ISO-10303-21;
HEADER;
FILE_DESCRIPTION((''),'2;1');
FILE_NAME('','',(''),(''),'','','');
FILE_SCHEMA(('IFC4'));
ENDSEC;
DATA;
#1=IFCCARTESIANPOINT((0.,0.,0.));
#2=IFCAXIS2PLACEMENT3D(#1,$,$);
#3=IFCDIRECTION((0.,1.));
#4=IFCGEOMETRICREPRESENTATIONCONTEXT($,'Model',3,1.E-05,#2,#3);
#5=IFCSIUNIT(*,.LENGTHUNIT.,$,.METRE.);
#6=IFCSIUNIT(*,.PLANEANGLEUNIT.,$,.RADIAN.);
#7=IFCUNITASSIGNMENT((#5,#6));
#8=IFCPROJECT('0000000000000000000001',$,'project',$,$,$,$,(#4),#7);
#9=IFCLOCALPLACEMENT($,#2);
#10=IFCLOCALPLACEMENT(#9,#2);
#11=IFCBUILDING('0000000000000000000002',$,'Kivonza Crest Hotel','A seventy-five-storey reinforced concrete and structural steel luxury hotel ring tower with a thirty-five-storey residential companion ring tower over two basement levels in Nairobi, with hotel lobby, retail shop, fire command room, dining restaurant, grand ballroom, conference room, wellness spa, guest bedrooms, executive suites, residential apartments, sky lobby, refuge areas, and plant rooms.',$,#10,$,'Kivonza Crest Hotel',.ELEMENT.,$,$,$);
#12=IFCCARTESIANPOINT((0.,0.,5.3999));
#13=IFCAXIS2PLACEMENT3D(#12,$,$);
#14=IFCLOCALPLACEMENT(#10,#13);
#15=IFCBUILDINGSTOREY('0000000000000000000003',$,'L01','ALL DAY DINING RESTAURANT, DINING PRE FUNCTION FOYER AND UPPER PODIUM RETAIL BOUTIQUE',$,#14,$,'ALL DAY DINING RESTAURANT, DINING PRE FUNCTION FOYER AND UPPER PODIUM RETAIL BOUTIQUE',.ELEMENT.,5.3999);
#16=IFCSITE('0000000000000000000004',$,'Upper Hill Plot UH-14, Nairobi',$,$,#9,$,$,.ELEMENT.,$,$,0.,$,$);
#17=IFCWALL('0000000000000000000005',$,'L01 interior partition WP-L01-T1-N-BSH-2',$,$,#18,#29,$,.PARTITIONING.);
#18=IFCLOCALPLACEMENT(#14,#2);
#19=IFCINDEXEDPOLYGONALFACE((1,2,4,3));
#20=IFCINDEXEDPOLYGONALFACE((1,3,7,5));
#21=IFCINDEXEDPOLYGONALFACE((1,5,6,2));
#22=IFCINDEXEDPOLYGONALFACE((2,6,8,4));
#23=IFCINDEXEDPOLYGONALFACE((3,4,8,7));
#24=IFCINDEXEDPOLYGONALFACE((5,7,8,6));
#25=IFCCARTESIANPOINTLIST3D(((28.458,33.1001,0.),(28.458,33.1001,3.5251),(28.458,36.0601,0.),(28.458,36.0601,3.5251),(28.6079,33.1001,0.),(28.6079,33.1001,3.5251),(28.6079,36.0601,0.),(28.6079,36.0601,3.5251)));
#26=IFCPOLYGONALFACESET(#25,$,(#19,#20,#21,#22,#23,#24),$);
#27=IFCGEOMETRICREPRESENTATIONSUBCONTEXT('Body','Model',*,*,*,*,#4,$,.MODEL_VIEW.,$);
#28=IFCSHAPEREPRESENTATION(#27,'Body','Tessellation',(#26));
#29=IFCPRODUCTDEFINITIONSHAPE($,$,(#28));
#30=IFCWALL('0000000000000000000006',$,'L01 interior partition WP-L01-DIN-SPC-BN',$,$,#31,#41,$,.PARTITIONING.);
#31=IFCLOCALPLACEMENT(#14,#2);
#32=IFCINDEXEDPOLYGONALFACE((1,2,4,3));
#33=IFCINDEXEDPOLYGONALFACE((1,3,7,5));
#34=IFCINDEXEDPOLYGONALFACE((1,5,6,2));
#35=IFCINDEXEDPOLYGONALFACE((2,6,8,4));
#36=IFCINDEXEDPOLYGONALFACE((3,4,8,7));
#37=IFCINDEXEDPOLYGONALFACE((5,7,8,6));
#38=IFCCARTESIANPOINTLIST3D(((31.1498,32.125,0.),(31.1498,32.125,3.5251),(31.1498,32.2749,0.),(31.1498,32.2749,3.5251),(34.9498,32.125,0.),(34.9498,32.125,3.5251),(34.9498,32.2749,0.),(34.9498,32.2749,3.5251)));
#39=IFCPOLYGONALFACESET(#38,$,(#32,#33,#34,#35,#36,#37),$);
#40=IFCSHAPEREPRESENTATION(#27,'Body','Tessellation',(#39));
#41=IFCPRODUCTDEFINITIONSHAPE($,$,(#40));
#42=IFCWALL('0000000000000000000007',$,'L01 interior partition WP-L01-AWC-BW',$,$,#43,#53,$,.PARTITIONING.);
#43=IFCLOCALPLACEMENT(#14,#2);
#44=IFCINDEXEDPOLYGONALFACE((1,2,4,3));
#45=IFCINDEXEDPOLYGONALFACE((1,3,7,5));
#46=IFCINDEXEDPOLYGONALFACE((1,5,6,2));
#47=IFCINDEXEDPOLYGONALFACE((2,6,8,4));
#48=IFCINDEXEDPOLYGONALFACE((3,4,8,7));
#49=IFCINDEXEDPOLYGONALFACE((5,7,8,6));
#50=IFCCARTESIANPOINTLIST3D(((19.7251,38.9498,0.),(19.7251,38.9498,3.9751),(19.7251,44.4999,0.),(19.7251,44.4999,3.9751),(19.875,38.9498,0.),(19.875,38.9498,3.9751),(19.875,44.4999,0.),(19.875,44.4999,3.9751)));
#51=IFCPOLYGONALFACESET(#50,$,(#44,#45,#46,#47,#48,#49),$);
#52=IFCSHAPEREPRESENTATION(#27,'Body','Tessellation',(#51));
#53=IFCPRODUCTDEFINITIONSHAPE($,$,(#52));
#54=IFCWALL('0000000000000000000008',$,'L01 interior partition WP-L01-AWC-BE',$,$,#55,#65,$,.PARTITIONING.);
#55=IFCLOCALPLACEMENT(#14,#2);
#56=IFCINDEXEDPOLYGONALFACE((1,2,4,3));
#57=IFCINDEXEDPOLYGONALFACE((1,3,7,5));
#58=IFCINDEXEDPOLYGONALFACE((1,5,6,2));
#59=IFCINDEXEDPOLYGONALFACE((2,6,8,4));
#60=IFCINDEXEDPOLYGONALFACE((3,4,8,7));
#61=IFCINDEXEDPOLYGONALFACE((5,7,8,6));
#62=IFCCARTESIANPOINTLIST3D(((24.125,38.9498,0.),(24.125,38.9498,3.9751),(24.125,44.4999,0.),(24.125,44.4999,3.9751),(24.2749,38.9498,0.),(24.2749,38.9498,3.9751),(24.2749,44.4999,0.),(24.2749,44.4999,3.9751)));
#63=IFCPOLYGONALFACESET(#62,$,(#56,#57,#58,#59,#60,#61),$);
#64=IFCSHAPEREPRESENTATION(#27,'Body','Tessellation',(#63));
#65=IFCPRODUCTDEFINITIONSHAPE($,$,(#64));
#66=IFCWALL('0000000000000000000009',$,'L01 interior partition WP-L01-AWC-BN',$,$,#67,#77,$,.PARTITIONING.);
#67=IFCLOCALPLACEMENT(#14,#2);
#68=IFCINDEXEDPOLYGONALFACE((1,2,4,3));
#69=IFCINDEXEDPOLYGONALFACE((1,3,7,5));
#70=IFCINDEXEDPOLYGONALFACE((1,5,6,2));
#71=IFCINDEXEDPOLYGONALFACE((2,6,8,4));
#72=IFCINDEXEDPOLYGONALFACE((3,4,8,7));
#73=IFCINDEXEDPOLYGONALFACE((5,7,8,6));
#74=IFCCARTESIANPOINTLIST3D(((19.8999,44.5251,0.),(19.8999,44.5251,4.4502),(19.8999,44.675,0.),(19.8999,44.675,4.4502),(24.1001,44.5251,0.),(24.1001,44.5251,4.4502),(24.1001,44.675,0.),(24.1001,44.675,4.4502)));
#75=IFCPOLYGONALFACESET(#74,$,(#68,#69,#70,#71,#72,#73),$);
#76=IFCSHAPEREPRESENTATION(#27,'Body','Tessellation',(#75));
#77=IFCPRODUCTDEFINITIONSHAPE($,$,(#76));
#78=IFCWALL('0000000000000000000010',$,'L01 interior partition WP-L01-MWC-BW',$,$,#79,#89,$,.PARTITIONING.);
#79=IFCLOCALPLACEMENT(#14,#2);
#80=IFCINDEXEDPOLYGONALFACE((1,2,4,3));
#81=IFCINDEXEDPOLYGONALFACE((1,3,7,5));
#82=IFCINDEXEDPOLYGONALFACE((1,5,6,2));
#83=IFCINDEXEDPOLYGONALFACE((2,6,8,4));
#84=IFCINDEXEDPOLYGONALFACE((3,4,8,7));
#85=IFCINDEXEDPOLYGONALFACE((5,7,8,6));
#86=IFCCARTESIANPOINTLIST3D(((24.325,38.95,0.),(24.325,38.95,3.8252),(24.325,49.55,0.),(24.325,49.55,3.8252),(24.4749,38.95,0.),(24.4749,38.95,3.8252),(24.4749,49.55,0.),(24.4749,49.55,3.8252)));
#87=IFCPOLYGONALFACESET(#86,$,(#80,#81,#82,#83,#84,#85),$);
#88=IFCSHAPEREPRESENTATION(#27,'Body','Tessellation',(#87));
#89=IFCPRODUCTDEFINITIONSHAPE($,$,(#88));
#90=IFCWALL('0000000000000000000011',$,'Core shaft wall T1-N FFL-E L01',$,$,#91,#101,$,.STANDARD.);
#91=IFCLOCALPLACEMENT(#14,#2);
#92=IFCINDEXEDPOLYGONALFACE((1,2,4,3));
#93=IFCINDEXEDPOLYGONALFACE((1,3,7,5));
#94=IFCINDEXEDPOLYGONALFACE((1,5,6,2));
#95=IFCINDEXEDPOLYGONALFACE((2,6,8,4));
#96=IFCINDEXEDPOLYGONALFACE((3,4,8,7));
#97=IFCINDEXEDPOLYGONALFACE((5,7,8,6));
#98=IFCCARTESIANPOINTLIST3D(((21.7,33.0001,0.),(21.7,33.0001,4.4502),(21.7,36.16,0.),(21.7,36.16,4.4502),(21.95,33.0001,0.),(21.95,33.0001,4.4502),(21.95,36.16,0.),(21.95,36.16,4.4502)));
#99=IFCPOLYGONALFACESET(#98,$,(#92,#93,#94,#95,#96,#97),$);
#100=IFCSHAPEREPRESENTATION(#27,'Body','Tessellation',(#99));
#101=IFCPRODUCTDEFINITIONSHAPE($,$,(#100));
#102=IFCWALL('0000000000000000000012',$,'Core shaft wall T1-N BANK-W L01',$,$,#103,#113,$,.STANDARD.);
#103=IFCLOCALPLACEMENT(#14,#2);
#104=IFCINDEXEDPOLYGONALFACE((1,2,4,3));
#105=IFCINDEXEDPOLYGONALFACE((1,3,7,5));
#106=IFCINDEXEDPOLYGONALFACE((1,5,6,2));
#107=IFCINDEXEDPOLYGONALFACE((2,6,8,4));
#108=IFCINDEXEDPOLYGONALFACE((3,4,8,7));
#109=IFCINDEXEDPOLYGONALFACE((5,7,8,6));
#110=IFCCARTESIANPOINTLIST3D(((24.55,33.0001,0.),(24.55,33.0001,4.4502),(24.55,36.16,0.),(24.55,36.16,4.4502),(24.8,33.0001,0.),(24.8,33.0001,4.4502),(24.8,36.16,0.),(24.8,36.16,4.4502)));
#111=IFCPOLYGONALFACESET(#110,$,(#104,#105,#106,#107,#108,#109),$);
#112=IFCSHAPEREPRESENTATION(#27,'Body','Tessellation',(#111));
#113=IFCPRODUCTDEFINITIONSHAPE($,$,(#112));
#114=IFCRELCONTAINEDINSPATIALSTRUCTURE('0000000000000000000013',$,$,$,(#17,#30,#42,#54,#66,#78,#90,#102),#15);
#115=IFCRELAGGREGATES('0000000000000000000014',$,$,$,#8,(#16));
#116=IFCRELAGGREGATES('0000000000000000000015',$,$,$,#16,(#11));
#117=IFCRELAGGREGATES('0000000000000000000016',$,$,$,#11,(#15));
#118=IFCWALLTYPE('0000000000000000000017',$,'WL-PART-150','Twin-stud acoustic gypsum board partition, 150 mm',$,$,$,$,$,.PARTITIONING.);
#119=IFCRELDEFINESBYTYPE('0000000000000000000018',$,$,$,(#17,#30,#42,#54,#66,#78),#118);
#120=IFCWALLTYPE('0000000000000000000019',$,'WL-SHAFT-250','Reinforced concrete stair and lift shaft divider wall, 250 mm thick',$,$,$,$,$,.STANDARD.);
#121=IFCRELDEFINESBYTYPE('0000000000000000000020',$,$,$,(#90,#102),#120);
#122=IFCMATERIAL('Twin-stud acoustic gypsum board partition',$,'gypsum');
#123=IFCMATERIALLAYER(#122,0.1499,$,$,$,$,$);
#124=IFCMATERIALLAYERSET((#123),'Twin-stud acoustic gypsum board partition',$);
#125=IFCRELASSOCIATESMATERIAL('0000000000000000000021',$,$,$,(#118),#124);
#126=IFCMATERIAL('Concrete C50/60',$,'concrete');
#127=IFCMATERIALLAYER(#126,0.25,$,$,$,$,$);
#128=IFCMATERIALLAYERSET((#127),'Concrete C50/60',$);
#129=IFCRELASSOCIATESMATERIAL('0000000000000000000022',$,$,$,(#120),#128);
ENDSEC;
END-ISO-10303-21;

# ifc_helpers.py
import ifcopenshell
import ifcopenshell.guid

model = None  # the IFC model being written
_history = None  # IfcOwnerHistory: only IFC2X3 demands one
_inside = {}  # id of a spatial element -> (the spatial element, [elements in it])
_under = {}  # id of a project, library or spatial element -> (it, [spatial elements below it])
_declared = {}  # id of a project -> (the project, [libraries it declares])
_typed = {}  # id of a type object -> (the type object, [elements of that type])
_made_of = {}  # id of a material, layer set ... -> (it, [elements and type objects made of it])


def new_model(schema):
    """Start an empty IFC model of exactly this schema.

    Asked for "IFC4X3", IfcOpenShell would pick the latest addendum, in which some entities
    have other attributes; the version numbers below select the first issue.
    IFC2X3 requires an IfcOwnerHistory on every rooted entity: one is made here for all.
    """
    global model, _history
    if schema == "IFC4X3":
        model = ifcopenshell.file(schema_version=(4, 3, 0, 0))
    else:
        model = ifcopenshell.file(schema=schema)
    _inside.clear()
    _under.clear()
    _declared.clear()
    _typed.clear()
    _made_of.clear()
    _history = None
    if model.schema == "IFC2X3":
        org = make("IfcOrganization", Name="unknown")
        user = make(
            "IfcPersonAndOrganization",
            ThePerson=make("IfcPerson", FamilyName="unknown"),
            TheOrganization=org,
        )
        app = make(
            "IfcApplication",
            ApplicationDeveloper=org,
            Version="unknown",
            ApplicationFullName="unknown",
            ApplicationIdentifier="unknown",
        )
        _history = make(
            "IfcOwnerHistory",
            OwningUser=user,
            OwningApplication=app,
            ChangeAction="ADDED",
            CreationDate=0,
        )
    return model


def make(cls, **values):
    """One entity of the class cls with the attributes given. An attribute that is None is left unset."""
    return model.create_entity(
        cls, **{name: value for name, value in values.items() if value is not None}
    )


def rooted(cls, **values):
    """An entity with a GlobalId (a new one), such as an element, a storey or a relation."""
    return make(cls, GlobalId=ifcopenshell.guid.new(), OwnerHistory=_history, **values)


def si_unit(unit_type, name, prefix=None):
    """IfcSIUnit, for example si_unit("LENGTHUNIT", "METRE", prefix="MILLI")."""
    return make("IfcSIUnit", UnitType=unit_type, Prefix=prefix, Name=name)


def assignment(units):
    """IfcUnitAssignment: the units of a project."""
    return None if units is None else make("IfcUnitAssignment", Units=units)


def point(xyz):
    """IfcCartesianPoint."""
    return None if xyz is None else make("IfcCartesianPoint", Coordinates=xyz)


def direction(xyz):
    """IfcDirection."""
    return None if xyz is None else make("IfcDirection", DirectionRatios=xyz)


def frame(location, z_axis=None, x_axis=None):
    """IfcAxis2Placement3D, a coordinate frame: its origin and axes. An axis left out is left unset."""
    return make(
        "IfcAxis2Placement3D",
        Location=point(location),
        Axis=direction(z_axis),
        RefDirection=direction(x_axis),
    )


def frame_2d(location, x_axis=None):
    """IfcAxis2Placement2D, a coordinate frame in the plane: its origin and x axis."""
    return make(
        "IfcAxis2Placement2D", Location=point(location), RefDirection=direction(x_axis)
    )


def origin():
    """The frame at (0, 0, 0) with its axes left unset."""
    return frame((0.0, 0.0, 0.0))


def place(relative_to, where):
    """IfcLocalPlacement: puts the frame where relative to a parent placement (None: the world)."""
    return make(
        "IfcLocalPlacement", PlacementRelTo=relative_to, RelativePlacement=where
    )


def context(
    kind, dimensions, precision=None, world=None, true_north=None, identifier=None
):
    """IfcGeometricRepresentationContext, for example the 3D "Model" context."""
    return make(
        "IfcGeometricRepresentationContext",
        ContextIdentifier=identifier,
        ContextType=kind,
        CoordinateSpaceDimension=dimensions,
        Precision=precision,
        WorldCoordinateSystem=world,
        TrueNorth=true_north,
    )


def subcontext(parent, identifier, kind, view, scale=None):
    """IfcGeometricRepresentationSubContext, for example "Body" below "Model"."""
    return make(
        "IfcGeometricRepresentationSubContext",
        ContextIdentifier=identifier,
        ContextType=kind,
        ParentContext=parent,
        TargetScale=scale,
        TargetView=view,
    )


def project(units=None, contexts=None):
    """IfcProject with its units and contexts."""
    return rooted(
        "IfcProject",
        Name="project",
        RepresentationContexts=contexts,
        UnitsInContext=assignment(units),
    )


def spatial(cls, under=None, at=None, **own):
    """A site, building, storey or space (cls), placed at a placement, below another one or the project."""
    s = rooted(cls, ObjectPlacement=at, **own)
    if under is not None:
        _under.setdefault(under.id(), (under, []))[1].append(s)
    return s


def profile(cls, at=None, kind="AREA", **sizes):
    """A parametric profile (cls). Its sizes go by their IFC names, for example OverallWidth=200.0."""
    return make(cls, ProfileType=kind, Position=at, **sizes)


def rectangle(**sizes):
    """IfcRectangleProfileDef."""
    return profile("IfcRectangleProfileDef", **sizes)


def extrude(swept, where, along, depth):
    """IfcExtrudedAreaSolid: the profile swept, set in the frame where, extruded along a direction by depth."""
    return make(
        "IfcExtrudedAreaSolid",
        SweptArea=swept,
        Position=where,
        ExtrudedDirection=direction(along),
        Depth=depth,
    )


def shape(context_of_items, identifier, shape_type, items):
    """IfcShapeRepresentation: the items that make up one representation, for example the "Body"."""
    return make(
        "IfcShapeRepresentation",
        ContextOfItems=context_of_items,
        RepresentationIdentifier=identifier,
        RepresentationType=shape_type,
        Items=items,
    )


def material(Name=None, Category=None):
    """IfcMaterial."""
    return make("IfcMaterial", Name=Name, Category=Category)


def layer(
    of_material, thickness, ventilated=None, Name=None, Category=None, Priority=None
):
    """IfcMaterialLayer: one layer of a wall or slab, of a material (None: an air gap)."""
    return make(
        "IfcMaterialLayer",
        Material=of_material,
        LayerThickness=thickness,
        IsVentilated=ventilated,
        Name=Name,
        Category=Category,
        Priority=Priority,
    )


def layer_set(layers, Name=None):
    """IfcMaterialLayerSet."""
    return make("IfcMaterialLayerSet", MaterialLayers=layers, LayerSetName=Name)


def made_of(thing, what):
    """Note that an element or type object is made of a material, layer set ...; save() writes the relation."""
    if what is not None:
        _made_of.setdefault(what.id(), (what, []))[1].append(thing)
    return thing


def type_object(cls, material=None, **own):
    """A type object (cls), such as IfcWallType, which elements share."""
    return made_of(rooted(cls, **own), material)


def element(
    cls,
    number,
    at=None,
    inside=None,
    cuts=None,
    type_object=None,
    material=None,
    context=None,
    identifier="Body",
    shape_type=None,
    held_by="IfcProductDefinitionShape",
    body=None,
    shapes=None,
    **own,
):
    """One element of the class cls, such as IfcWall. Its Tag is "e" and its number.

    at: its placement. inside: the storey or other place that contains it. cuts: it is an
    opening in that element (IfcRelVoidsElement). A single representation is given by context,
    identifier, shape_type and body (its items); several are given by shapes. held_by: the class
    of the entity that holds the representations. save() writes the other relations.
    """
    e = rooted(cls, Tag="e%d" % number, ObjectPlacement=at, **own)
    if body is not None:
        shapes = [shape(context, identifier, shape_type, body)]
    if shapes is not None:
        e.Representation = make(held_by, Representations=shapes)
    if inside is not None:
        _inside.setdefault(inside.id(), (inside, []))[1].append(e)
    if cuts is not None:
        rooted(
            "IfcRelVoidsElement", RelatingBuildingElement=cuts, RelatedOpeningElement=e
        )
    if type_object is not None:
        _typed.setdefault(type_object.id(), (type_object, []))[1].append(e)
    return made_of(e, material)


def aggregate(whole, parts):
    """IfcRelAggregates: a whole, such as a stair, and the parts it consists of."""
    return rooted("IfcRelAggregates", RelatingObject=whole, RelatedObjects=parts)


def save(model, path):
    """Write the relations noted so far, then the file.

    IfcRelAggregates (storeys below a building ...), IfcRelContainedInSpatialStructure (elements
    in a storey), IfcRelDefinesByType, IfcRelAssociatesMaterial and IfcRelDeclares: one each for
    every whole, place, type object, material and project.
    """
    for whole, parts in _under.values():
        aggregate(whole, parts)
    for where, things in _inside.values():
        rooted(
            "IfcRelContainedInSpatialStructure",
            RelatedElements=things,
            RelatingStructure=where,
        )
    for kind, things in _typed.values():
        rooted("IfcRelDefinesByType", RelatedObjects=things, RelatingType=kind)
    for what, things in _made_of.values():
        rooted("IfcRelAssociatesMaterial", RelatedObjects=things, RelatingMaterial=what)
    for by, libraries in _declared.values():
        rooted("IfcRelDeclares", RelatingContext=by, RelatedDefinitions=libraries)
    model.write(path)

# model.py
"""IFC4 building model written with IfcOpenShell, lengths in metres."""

from ifc_helpers import new_model, si_unit, direction, frame, frame_2d, origin, place, context, subcontext, project, spatial, rectangle, extrude, material, layer, layer_set, type_object, element, save


model = new_model("IFC4")

# Units and contexts
model_context = context("Model", 3, precision=1e-05, world=origin(), true_north=direction((0.0, 1.0)))
body_context = subcontext(model_context, "Body", "Model", "MODEL_VIEW")
ifc_project = project(units=[si_unit("LENGTHUNIT", "METRE"), si_unit("PLANEANGLEUNIT", "RADIAN")], contexts=[model_context])

# Site, building, storey
site_placement = place(None, origin())
site = spatial("IfcSite", under=ifc_project, at=site_placement, Name="Upper Hill Plot UH-14, Nairobi", CompositionType="ELEMENT", RefElevation=0.0)
building_placement = place(site_placement, origin())
building = spatial("IfcBuilding", under=site, at=building_placement, Name="Kivonza Crest Hotel", Description="A seventy-five-storey reinforced concrete and structural steel luxury hotel ring tower with a thirty-five-storey residential companion ring tower over two basement levels in Nairobi, with hotel lobby, retail shop, fire command room, dining restaurant, grand ballroom, conference room, wellness spa, guest bedrooms, executive suites, residential apartments, sky lobby, refuge areas, and plant rooms.", LongName="Kivonza Crest Hotel", CompositionType="ELEMENT")
storey_placement = place(building_placement, frame((0.0, 0.0, 5.3999)))
storey = spatial("IfcBuildingStorey", under=building, at=storey_placement, Name="L01", Description="ALL DAY DINING RESTAURANT, DINING PRE FUNCTION FOYER AND UPPER PODIUM RETAIL BOUTIQUE", LongName="ALL DAY DINING RESTAURANT, DINING PRE FUNCTION FOYER AND UPPER PODIUM RETAIL BOUTIQUE", CompositionType="ELEMENT", Elevation=5.3999)

# Walls
ifc_material_1 = material(Name="Twin-stud acoustic gypsum board partition", Category="gypsum")
ifc_layer_1 = layer(ifc_material_1, 0.1499)
ifc_layer_set_1 = layer_set([ifc_layer_1], Name="Twin-stud acoustic gypsum board partition")
wall_type_1 = type_object("IfcWallType", Name="WL-PART-150", Description="Twin-stud acoustic gypsum board partition, 150 mm", PredefinedType="PARTITIONING", material=ifc_layer_set_1)
wall_1_placement = place(storey_placement, frame((28.533, 33.1001, 0.0), z_axis=(0.0, 0.0, 1.0), x_axis=(0.0, 1.0, 0.0)))
element("IfcWall", 1, at=wall_1_placement, inside=storey, type_object=wall_type_1, Name="L01 interior partition WP-L01-T1-N-BSH-2", PredefinedType="PARTITIONING", context=body_context, shape_type="SweptSolid", body=[
    extrude(rectangle(XDim=2.96, YDim=0.1499, at=frame_2d((1.48, 0.0))), origin(), (0.0, 0.0, 1.0), 3.5251),
])
wall_2_placement = place(storey_placement, frame((31.1499, 32.2, 0.0), z_axis=(0.0, 0.0, 1.0), x_axis=(1.0, 0.0, 0.0)))
element("IfcWall", 2, at=wall_2_placement, inside=storey, type_object=wall_type_1, Name="L01 interior partition WP-L01-DIN-SPC-BN", PredefinedType="PARTITIONING", context=body_context, shape_type="SweptSolid", body=[
    extrude(rectangle(XDim=3.8, YDim=0.1499, at=frame_2d((1.8999, 0.0))), origin(), (0.0, 0.0, 1.0), 3.5251),
])
for number, where, z_axis, x_axis, name in (
    (3, (19.8, 38.95, 0.0), (0.0, 0.0, 1.0), (0.0, 1.0, 0.0), "L01 interior partition WP-L01-AWC-BW"),
    (4, (24.2, 38.95, 0.0), (0.0, 0.0, 1.0), (0.0, 1.0, 0.0), "L01 interior partition WP-L01-AWC-BE"),
):
    element("IfcWall", number, at=place(storey_placement, frame(where, z_axis=z_axis, x_axis=x_axis)), inside=storey, type_object=wall_type_1, Name=name, PredefinedType="PARTITIONING", context=body_context, shape_type="SweptSolid", body=[
        extrude(rectangle(XDim=5.55, YDim=0.1499, at=frame_2d((2.7749, 0.0))), origin(), (0.0, 0.0, 1.0), 3.9751),
    ])
wall_3_placement = place(storey_placement, frame((19.8999, 44.6001, 0.0), z_axis=(0.0, 0.0, 1.0), x_axis=(1.0, 0.0, 0.0)))
element("IfcWall", 5, at=wall_3_placement, inside=storey, type_object=wall_type_1, Name="L01 interior partition WP-L01-AWC-BN", PredefinedType="PARTITIONING", context=body_context, shape_type="SweptSolid", body=[
    extrude(rectangle(XDim=4.2002, YDim=0.1499, at=frame_2d((2.1001, 0.0))), origin(), (0.0, 0.0, 1.0), 4.4502),
])
wall_4_placement = place(storey_placement, frame((24.3999, 38.95, 0.0), z_axis=(0.0, 0.0, 1.0), x_axis=(0.0, 1.0, 0.0)))
element("IfcWall", 6, at=wall_4_placement, inside=storey, type_object=wall_type_1, Name="L01 interior partition WP-L01-MWC-BW", PredefinedType="PARTITIONING", context=body_context, shape_type="SweptSolid", body=[
    extrude(rectangle(XDim=10.6001, YDim=0.1499, at=frame_2d((5.3, 0.0))), origin(), (0.0, 0.0, 1.0), 3.8252),
])
ifc_material_2 = material(Name="Concrete C50/60", Category="concrete")
ifc_layer_2 = layer(ifc_material_2, 0.25)
ifc_layer_set_2 = layer_set([ifc_layer_2], Name="Concrete C50/60")
wall_type_2 = type_object("IfcWallType", Name="WL-SHAFT-250", Description="Reinforced concrete stair and lift shaft divider wall, 250 mm thick", PredefinedType="STANDARD", material=ifc_layer_set_2)
for number, where, z_axis, x_axis, name in (
    (7, (21.825, 33.0, 0.0), (0.0, 0.0, 1.0), (0.0, 1.0, 0.0), "Core shaft wall T1-N FFL-E L01"),
    (8, (24.675, 33.0, 0.0), (0.0, 0.0, 1.0), (0.0, 1.0, 0.0), "Core shaft wall T1-N BANK-W L01"),
):
    element("IfcWall", number, at=place(storey_placement, frame(where, z_axis=z_axis, x_axis=x_axis)), inside=storey, type_object=wall_type_2, Name=name, PredefinedType="STANDARD", context=body_context, shape_type="SweptSolid", body=[
        extrude(rectangle(XDim=3.1599, YDim=0.25, at=frame_2d((1.5801, 0.0))), origin(), (0.0, 0.0, 1.0), 4.4502),
    ])

save(model, "model.ifc")
